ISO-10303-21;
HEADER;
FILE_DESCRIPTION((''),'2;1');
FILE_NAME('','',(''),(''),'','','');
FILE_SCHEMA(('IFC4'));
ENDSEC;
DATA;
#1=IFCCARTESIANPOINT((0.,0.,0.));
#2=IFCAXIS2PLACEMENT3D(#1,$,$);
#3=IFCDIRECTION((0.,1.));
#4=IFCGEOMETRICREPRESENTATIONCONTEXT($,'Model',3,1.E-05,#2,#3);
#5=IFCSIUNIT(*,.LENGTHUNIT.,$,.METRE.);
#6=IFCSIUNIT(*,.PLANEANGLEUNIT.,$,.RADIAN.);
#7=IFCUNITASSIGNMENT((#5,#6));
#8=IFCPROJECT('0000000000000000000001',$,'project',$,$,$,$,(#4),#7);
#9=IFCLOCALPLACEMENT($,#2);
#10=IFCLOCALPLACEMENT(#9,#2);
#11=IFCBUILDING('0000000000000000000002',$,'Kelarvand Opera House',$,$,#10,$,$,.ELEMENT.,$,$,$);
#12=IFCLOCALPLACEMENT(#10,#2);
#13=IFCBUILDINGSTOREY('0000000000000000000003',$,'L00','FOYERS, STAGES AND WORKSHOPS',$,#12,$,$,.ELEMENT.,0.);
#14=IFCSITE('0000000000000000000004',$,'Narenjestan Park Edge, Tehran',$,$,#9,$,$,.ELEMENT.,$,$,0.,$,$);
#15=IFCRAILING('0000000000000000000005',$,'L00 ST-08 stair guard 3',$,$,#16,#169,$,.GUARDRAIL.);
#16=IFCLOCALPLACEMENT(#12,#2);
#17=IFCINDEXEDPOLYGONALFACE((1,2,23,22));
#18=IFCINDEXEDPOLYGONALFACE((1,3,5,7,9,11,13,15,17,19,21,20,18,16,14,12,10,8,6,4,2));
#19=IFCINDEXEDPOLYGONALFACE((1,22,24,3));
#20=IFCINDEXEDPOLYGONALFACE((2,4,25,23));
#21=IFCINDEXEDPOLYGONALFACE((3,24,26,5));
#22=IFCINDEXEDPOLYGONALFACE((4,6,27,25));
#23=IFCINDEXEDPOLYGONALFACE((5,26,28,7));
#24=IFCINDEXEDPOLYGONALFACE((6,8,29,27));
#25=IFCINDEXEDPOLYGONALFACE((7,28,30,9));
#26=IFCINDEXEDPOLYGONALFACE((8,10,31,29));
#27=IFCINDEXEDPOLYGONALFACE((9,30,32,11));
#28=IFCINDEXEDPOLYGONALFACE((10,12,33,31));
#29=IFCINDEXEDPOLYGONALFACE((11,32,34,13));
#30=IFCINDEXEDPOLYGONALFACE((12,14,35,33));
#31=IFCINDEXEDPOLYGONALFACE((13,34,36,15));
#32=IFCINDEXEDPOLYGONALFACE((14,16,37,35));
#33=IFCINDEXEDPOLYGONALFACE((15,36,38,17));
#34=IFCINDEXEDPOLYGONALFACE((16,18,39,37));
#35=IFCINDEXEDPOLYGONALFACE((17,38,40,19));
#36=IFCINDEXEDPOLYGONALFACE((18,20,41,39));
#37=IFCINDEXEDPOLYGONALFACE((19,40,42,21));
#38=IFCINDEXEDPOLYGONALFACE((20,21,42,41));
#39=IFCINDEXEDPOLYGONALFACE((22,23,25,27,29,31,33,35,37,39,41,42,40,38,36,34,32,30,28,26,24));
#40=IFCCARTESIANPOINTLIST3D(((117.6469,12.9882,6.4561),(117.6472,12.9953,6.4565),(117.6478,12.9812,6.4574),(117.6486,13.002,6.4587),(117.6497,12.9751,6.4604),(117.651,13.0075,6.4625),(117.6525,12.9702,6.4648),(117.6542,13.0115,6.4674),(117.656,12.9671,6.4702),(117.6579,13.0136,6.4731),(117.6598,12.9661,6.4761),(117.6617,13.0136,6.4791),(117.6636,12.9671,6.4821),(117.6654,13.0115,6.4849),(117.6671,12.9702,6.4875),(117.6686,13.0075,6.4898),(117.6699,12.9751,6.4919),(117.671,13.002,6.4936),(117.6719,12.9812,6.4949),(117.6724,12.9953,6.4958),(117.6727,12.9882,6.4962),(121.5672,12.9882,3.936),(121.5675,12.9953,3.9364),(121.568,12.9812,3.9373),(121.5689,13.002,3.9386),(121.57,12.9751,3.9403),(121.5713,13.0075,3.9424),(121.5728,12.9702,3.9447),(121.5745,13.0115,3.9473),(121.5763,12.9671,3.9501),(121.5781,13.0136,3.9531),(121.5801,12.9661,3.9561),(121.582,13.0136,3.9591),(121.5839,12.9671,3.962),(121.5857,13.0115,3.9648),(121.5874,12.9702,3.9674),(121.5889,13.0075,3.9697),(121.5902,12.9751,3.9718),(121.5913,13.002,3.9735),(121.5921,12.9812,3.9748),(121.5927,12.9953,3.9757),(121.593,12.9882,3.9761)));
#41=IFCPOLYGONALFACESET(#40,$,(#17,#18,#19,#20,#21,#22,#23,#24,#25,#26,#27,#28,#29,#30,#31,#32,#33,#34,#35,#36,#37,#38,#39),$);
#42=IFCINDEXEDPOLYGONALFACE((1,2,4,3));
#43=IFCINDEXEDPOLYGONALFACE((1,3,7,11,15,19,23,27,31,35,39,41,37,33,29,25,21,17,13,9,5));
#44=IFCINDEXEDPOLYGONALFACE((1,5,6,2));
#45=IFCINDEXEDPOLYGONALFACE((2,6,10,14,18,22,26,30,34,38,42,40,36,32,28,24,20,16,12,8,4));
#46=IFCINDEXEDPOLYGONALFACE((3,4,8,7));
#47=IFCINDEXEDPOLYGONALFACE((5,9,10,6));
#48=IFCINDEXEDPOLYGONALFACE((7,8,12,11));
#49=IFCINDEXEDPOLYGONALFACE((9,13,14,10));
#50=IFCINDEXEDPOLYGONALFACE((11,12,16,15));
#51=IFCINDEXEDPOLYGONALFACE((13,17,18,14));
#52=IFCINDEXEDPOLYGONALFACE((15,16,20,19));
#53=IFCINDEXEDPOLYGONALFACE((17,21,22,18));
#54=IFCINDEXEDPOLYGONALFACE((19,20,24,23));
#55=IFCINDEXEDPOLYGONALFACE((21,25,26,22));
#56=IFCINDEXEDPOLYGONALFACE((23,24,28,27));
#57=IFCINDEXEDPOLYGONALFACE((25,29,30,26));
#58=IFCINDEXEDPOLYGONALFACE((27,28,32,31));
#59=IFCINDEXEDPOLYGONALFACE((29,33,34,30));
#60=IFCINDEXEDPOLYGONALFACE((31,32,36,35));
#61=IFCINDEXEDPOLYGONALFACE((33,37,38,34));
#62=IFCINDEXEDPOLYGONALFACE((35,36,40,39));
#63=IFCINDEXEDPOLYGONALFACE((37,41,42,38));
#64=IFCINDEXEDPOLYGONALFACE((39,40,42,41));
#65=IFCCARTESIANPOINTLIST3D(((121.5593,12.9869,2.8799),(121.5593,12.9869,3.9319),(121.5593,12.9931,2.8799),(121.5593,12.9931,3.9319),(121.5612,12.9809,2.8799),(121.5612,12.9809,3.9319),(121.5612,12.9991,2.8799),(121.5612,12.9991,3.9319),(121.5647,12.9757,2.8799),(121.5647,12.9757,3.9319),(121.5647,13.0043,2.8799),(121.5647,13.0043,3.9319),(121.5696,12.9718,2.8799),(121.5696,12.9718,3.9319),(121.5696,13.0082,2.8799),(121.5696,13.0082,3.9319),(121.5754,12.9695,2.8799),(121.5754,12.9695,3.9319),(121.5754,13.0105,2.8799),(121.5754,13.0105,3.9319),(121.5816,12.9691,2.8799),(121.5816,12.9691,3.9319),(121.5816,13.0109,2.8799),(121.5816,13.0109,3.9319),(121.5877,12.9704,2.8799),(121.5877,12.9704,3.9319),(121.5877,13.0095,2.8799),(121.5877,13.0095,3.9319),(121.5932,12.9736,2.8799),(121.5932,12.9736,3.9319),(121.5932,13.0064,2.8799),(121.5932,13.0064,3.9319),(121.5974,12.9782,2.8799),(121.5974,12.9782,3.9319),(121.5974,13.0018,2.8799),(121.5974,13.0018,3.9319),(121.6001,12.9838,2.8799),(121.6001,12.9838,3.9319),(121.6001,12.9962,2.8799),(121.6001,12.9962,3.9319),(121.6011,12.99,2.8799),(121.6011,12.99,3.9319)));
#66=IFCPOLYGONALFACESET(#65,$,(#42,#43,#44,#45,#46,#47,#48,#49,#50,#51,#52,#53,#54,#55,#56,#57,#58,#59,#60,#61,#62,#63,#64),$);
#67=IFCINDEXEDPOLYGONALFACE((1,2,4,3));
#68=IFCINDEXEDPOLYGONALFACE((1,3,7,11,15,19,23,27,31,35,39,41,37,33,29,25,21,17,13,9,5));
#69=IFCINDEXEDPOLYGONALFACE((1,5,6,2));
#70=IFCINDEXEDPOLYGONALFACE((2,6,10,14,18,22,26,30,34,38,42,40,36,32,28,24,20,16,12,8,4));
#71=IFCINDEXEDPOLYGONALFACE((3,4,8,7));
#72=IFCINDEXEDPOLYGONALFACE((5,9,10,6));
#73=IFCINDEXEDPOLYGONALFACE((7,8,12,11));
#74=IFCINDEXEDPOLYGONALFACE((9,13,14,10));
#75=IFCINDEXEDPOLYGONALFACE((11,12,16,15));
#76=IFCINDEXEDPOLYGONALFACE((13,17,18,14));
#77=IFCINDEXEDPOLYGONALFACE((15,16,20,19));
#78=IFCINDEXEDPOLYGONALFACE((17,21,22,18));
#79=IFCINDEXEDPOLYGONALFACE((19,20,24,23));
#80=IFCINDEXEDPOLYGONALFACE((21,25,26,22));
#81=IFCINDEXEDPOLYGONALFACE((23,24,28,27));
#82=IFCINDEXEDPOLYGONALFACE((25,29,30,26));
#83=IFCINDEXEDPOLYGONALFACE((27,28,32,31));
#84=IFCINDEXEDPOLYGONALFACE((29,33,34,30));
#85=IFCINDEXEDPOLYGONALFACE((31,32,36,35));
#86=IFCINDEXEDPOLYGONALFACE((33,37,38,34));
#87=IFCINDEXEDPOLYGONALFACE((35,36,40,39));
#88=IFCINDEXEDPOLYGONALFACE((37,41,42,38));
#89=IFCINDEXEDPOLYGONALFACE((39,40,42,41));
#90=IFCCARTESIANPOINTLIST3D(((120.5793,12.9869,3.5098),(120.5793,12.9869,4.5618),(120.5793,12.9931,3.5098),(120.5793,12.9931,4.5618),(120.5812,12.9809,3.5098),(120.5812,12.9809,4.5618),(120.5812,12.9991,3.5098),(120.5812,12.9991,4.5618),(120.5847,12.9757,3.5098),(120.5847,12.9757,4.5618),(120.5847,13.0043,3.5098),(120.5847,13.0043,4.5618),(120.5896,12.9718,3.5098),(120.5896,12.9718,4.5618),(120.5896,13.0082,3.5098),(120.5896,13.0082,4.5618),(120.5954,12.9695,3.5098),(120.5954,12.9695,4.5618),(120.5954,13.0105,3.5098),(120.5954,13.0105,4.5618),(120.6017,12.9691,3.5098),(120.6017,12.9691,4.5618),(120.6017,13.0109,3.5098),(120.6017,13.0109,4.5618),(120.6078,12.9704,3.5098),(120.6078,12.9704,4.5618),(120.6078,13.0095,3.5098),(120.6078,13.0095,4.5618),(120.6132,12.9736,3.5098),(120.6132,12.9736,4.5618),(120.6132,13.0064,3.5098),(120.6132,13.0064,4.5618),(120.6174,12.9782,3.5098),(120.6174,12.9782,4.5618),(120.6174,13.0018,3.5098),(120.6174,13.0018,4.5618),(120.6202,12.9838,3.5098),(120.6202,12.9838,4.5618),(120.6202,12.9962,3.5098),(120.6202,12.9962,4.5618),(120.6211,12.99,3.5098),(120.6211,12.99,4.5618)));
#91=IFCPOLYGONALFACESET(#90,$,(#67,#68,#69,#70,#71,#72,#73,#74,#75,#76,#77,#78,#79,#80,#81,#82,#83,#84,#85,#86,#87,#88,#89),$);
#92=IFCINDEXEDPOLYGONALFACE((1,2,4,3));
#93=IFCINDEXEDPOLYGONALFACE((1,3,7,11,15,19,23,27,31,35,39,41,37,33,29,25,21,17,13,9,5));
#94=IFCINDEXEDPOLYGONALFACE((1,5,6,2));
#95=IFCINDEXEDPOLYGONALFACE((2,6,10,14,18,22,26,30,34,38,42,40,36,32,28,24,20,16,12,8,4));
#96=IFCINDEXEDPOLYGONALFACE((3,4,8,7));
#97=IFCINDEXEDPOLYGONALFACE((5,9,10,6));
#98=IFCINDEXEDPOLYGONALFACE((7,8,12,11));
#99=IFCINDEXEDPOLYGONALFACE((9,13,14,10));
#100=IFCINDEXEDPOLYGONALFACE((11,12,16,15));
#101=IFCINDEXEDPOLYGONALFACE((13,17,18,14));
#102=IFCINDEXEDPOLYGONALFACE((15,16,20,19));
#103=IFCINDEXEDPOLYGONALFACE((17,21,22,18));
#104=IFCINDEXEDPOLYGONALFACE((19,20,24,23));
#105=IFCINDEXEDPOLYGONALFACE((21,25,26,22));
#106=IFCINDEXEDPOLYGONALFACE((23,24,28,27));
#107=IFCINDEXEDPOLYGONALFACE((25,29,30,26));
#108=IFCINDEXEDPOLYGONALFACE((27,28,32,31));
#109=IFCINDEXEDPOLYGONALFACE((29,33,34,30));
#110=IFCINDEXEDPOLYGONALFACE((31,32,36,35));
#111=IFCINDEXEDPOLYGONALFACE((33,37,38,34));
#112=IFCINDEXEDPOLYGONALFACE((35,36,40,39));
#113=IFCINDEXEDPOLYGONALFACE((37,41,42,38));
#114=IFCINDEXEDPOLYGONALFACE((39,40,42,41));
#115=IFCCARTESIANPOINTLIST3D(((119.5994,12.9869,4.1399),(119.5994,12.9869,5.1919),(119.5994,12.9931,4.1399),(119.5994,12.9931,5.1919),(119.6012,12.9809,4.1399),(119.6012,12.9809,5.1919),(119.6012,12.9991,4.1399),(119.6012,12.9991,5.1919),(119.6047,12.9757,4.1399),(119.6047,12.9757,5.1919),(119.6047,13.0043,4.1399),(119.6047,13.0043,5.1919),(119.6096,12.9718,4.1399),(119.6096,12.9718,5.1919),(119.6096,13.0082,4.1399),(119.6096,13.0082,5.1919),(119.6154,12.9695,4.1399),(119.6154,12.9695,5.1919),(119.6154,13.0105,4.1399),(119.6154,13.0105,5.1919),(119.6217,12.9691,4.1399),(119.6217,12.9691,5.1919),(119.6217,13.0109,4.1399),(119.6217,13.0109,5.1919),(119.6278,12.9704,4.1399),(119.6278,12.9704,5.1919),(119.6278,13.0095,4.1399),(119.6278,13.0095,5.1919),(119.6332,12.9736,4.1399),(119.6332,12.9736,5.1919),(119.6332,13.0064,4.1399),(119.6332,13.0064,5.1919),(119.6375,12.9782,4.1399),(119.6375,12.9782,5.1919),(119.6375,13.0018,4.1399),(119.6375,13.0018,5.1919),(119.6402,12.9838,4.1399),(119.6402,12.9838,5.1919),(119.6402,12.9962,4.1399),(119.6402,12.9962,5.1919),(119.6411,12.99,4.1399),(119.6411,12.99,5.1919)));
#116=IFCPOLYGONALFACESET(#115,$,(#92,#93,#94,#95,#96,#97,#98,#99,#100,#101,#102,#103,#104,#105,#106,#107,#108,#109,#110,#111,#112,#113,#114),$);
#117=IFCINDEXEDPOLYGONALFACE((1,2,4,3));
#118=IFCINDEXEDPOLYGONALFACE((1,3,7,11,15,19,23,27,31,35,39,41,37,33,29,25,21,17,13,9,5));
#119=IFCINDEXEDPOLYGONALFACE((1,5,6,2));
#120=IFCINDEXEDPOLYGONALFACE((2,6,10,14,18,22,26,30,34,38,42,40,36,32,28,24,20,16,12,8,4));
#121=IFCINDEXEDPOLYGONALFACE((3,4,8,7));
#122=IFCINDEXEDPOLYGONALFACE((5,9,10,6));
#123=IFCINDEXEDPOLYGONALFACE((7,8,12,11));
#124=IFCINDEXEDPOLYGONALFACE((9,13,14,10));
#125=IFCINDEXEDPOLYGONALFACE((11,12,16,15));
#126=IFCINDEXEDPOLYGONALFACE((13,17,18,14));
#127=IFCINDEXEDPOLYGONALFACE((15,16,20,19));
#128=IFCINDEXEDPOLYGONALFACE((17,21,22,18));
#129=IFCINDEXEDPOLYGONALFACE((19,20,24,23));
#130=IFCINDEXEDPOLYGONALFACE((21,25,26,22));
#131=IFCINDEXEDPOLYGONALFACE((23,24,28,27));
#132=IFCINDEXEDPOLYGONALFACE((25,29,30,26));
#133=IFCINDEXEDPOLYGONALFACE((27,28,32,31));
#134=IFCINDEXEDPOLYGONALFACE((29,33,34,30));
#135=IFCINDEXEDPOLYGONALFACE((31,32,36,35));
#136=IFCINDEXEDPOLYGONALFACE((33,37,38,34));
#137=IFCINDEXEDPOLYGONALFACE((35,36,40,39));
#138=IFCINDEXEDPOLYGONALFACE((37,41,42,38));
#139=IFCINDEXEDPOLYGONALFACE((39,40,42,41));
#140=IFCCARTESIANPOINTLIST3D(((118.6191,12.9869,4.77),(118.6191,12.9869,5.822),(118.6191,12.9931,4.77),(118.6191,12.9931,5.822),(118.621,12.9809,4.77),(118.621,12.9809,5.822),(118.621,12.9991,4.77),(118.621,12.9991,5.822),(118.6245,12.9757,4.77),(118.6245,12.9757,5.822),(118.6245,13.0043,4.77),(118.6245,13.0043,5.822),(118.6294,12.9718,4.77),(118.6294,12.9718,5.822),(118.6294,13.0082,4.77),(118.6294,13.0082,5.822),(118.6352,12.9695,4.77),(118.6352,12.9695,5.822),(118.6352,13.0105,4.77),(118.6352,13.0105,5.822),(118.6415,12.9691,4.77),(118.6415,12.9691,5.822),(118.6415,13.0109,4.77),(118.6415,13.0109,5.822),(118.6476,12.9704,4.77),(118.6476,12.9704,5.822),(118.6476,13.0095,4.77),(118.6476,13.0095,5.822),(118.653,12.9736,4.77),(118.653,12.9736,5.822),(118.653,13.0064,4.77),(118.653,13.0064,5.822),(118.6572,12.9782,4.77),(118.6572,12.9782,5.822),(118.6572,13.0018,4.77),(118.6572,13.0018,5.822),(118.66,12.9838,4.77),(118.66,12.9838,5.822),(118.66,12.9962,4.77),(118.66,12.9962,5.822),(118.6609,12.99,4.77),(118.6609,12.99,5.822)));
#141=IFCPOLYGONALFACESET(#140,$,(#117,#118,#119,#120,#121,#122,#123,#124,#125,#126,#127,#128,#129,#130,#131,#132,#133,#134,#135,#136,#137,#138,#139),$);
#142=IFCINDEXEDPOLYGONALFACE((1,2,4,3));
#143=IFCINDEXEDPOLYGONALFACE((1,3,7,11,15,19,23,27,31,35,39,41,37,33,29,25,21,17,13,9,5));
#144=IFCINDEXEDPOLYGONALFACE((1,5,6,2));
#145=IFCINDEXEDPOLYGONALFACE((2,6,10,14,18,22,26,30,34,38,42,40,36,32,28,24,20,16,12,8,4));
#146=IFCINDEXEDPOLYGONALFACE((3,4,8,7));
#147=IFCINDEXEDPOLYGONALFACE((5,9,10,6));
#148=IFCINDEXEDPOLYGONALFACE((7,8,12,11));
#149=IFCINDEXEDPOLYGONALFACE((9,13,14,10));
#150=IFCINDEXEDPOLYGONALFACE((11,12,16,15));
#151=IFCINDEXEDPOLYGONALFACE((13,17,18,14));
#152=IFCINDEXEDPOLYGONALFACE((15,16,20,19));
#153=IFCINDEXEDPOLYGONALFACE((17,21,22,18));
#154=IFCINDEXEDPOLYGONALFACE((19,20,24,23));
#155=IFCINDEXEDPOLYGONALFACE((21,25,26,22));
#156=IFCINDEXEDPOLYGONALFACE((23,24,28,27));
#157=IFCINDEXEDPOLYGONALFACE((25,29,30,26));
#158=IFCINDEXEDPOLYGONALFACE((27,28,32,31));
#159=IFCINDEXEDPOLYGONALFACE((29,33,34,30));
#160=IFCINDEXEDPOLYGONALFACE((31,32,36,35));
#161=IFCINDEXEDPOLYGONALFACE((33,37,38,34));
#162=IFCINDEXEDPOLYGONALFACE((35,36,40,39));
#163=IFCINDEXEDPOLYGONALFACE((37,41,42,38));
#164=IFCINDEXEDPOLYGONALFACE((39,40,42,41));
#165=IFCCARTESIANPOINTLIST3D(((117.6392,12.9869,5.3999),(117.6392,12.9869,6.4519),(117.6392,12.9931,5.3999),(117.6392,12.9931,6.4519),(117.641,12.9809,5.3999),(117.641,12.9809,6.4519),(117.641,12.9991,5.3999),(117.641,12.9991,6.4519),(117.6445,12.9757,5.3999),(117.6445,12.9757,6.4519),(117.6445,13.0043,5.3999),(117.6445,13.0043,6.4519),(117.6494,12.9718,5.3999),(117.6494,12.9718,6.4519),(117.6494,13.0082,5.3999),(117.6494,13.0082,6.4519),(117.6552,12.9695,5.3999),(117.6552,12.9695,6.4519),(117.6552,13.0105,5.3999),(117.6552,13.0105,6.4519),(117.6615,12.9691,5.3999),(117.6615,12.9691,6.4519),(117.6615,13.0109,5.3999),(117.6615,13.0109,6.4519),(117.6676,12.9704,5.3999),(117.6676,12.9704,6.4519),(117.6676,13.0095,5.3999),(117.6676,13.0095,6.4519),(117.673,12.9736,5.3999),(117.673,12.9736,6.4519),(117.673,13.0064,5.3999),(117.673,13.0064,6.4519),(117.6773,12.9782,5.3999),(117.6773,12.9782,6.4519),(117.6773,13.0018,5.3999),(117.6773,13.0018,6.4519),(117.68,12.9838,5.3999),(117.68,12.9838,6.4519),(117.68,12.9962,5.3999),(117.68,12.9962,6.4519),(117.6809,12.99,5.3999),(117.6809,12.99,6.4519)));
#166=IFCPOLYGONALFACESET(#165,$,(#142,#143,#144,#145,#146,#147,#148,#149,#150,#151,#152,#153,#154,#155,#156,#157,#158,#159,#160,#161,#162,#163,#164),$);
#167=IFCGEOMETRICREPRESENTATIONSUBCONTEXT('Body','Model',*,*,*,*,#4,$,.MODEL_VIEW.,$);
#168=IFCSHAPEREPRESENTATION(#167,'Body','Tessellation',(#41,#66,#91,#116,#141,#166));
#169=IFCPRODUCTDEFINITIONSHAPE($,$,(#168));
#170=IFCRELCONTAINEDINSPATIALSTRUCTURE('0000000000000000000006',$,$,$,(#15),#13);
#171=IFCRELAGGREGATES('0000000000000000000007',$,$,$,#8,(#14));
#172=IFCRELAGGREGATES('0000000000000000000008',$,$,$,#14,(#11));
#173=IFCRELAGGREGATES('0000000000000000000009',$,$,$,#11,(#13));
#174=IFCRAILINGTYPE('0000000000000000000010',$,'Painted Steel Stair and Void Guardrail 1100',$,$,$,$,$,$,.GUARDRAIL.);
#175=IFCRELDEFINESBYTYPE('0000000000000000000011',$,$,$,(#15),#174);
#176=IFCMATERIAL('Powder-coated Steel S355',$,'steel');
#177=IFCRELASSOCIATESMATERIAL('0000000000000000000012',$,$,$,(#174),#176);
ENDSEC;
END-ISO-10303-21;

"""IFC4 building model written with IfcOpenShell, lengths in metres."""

from ifc_helpers import new_model, si_unit, direction, frame, origin, origin_2d, place, context, subcontext, project, spatial, circle, extrude, material, type_object, element, save


model = new_model("IFC4")

# Units and contexts
model_context = context("Model", 3, precision=1e-05, world=origin(), true_north=direction((0.0, 1.0)))
body_context = subcontext(model_context, "Body", "Model", "MODEL_VIEW")
ifc_project = project(units=[si_unit("LENGTHUNIT", "METRE"), si_unit("PLANEANGLEUNIT", "RADIAN")], contexts=[model_context])

# Site, building, storey
site_placement = place(None, origin())
site = spatial("IfcSite", under=ifc_project, at=site_placement, Name="Narenjestan Park Edge, Tehran", CompositionType="ELEMENT", RefElevation=0.0)
building_placement = place(site_placement, origin())
building = spatial("IfcBuilding", under=site, at=building_placement, Name="Kelarvand Opera House", CompositionType="ELEMENT")
storey_placement = place(building_placement, origin())
storey = spatial("IfcBuildingStorey", under=building, at=storey_placement, Name="L00", Description="FOYERS, STAGES AND WORKSHOPS", CompositionType="ELEMENT", Elevation=0.0)

# Railing
ifc_material_1 = material(Name="Powder-coated Steel S355", Category="steel")
railing_type_1 = type_object("IfcRailingType", Name="Painted Steel Stair and Void Guardrail 1100", PredefinedType="GUARDRAIL", material=ifc_material_1)
railing_1_placement = place(storey_placement, frame((121.5801, 12.99, 2.8799)))
element("IfcRailing", 1, at=railing_1_placement, inside=storey, type_object=railing_type_1, Name="L00 ST-08 stair guard 3", PredefinedType="GUARDRAIL", context=body_context, shape_type="SweptSolid", body=[
    extrude(circle(Radius=0.0239, at=origin_2d()), frame((0.0, 0.0, 1.0762), z_axis=(-0.841187, 0.0, 0.540744), x_axis=(0.0, -1.0, 0.0)), (0.0, 0.0, 1.0), 4.6604),
    extrude(circle(Radius=0.021, at=origin_2d()), origin(), (0.0, 0.0, 1.0), 1.052),
    extrude(circle(Radius=0.021, at=origin_2d()), frame((-0.98, 0.0, 0.6299)), (0.0, 0.0, 1.0), 1.052),
    extrude(circle(Radius=0.021, at=origin_2d()), frame((-1.96, 0.0, 1.26)), (0.0, 0.0, 1.0), 1.052),
    extrude(circle(Radius=0.021, at=origin_2d()), frame((-2.9402, 0.0, 1.8901)), (0.0, 0.0, 1.0), 1.052),
    extrude(circle(Radius=0.021, at=origin_2d()), frame((-3.9202, 0.0, 2.52)), (0.0, 0.0, 1.0), 1.052),
])

save(model, "model.ifc")
